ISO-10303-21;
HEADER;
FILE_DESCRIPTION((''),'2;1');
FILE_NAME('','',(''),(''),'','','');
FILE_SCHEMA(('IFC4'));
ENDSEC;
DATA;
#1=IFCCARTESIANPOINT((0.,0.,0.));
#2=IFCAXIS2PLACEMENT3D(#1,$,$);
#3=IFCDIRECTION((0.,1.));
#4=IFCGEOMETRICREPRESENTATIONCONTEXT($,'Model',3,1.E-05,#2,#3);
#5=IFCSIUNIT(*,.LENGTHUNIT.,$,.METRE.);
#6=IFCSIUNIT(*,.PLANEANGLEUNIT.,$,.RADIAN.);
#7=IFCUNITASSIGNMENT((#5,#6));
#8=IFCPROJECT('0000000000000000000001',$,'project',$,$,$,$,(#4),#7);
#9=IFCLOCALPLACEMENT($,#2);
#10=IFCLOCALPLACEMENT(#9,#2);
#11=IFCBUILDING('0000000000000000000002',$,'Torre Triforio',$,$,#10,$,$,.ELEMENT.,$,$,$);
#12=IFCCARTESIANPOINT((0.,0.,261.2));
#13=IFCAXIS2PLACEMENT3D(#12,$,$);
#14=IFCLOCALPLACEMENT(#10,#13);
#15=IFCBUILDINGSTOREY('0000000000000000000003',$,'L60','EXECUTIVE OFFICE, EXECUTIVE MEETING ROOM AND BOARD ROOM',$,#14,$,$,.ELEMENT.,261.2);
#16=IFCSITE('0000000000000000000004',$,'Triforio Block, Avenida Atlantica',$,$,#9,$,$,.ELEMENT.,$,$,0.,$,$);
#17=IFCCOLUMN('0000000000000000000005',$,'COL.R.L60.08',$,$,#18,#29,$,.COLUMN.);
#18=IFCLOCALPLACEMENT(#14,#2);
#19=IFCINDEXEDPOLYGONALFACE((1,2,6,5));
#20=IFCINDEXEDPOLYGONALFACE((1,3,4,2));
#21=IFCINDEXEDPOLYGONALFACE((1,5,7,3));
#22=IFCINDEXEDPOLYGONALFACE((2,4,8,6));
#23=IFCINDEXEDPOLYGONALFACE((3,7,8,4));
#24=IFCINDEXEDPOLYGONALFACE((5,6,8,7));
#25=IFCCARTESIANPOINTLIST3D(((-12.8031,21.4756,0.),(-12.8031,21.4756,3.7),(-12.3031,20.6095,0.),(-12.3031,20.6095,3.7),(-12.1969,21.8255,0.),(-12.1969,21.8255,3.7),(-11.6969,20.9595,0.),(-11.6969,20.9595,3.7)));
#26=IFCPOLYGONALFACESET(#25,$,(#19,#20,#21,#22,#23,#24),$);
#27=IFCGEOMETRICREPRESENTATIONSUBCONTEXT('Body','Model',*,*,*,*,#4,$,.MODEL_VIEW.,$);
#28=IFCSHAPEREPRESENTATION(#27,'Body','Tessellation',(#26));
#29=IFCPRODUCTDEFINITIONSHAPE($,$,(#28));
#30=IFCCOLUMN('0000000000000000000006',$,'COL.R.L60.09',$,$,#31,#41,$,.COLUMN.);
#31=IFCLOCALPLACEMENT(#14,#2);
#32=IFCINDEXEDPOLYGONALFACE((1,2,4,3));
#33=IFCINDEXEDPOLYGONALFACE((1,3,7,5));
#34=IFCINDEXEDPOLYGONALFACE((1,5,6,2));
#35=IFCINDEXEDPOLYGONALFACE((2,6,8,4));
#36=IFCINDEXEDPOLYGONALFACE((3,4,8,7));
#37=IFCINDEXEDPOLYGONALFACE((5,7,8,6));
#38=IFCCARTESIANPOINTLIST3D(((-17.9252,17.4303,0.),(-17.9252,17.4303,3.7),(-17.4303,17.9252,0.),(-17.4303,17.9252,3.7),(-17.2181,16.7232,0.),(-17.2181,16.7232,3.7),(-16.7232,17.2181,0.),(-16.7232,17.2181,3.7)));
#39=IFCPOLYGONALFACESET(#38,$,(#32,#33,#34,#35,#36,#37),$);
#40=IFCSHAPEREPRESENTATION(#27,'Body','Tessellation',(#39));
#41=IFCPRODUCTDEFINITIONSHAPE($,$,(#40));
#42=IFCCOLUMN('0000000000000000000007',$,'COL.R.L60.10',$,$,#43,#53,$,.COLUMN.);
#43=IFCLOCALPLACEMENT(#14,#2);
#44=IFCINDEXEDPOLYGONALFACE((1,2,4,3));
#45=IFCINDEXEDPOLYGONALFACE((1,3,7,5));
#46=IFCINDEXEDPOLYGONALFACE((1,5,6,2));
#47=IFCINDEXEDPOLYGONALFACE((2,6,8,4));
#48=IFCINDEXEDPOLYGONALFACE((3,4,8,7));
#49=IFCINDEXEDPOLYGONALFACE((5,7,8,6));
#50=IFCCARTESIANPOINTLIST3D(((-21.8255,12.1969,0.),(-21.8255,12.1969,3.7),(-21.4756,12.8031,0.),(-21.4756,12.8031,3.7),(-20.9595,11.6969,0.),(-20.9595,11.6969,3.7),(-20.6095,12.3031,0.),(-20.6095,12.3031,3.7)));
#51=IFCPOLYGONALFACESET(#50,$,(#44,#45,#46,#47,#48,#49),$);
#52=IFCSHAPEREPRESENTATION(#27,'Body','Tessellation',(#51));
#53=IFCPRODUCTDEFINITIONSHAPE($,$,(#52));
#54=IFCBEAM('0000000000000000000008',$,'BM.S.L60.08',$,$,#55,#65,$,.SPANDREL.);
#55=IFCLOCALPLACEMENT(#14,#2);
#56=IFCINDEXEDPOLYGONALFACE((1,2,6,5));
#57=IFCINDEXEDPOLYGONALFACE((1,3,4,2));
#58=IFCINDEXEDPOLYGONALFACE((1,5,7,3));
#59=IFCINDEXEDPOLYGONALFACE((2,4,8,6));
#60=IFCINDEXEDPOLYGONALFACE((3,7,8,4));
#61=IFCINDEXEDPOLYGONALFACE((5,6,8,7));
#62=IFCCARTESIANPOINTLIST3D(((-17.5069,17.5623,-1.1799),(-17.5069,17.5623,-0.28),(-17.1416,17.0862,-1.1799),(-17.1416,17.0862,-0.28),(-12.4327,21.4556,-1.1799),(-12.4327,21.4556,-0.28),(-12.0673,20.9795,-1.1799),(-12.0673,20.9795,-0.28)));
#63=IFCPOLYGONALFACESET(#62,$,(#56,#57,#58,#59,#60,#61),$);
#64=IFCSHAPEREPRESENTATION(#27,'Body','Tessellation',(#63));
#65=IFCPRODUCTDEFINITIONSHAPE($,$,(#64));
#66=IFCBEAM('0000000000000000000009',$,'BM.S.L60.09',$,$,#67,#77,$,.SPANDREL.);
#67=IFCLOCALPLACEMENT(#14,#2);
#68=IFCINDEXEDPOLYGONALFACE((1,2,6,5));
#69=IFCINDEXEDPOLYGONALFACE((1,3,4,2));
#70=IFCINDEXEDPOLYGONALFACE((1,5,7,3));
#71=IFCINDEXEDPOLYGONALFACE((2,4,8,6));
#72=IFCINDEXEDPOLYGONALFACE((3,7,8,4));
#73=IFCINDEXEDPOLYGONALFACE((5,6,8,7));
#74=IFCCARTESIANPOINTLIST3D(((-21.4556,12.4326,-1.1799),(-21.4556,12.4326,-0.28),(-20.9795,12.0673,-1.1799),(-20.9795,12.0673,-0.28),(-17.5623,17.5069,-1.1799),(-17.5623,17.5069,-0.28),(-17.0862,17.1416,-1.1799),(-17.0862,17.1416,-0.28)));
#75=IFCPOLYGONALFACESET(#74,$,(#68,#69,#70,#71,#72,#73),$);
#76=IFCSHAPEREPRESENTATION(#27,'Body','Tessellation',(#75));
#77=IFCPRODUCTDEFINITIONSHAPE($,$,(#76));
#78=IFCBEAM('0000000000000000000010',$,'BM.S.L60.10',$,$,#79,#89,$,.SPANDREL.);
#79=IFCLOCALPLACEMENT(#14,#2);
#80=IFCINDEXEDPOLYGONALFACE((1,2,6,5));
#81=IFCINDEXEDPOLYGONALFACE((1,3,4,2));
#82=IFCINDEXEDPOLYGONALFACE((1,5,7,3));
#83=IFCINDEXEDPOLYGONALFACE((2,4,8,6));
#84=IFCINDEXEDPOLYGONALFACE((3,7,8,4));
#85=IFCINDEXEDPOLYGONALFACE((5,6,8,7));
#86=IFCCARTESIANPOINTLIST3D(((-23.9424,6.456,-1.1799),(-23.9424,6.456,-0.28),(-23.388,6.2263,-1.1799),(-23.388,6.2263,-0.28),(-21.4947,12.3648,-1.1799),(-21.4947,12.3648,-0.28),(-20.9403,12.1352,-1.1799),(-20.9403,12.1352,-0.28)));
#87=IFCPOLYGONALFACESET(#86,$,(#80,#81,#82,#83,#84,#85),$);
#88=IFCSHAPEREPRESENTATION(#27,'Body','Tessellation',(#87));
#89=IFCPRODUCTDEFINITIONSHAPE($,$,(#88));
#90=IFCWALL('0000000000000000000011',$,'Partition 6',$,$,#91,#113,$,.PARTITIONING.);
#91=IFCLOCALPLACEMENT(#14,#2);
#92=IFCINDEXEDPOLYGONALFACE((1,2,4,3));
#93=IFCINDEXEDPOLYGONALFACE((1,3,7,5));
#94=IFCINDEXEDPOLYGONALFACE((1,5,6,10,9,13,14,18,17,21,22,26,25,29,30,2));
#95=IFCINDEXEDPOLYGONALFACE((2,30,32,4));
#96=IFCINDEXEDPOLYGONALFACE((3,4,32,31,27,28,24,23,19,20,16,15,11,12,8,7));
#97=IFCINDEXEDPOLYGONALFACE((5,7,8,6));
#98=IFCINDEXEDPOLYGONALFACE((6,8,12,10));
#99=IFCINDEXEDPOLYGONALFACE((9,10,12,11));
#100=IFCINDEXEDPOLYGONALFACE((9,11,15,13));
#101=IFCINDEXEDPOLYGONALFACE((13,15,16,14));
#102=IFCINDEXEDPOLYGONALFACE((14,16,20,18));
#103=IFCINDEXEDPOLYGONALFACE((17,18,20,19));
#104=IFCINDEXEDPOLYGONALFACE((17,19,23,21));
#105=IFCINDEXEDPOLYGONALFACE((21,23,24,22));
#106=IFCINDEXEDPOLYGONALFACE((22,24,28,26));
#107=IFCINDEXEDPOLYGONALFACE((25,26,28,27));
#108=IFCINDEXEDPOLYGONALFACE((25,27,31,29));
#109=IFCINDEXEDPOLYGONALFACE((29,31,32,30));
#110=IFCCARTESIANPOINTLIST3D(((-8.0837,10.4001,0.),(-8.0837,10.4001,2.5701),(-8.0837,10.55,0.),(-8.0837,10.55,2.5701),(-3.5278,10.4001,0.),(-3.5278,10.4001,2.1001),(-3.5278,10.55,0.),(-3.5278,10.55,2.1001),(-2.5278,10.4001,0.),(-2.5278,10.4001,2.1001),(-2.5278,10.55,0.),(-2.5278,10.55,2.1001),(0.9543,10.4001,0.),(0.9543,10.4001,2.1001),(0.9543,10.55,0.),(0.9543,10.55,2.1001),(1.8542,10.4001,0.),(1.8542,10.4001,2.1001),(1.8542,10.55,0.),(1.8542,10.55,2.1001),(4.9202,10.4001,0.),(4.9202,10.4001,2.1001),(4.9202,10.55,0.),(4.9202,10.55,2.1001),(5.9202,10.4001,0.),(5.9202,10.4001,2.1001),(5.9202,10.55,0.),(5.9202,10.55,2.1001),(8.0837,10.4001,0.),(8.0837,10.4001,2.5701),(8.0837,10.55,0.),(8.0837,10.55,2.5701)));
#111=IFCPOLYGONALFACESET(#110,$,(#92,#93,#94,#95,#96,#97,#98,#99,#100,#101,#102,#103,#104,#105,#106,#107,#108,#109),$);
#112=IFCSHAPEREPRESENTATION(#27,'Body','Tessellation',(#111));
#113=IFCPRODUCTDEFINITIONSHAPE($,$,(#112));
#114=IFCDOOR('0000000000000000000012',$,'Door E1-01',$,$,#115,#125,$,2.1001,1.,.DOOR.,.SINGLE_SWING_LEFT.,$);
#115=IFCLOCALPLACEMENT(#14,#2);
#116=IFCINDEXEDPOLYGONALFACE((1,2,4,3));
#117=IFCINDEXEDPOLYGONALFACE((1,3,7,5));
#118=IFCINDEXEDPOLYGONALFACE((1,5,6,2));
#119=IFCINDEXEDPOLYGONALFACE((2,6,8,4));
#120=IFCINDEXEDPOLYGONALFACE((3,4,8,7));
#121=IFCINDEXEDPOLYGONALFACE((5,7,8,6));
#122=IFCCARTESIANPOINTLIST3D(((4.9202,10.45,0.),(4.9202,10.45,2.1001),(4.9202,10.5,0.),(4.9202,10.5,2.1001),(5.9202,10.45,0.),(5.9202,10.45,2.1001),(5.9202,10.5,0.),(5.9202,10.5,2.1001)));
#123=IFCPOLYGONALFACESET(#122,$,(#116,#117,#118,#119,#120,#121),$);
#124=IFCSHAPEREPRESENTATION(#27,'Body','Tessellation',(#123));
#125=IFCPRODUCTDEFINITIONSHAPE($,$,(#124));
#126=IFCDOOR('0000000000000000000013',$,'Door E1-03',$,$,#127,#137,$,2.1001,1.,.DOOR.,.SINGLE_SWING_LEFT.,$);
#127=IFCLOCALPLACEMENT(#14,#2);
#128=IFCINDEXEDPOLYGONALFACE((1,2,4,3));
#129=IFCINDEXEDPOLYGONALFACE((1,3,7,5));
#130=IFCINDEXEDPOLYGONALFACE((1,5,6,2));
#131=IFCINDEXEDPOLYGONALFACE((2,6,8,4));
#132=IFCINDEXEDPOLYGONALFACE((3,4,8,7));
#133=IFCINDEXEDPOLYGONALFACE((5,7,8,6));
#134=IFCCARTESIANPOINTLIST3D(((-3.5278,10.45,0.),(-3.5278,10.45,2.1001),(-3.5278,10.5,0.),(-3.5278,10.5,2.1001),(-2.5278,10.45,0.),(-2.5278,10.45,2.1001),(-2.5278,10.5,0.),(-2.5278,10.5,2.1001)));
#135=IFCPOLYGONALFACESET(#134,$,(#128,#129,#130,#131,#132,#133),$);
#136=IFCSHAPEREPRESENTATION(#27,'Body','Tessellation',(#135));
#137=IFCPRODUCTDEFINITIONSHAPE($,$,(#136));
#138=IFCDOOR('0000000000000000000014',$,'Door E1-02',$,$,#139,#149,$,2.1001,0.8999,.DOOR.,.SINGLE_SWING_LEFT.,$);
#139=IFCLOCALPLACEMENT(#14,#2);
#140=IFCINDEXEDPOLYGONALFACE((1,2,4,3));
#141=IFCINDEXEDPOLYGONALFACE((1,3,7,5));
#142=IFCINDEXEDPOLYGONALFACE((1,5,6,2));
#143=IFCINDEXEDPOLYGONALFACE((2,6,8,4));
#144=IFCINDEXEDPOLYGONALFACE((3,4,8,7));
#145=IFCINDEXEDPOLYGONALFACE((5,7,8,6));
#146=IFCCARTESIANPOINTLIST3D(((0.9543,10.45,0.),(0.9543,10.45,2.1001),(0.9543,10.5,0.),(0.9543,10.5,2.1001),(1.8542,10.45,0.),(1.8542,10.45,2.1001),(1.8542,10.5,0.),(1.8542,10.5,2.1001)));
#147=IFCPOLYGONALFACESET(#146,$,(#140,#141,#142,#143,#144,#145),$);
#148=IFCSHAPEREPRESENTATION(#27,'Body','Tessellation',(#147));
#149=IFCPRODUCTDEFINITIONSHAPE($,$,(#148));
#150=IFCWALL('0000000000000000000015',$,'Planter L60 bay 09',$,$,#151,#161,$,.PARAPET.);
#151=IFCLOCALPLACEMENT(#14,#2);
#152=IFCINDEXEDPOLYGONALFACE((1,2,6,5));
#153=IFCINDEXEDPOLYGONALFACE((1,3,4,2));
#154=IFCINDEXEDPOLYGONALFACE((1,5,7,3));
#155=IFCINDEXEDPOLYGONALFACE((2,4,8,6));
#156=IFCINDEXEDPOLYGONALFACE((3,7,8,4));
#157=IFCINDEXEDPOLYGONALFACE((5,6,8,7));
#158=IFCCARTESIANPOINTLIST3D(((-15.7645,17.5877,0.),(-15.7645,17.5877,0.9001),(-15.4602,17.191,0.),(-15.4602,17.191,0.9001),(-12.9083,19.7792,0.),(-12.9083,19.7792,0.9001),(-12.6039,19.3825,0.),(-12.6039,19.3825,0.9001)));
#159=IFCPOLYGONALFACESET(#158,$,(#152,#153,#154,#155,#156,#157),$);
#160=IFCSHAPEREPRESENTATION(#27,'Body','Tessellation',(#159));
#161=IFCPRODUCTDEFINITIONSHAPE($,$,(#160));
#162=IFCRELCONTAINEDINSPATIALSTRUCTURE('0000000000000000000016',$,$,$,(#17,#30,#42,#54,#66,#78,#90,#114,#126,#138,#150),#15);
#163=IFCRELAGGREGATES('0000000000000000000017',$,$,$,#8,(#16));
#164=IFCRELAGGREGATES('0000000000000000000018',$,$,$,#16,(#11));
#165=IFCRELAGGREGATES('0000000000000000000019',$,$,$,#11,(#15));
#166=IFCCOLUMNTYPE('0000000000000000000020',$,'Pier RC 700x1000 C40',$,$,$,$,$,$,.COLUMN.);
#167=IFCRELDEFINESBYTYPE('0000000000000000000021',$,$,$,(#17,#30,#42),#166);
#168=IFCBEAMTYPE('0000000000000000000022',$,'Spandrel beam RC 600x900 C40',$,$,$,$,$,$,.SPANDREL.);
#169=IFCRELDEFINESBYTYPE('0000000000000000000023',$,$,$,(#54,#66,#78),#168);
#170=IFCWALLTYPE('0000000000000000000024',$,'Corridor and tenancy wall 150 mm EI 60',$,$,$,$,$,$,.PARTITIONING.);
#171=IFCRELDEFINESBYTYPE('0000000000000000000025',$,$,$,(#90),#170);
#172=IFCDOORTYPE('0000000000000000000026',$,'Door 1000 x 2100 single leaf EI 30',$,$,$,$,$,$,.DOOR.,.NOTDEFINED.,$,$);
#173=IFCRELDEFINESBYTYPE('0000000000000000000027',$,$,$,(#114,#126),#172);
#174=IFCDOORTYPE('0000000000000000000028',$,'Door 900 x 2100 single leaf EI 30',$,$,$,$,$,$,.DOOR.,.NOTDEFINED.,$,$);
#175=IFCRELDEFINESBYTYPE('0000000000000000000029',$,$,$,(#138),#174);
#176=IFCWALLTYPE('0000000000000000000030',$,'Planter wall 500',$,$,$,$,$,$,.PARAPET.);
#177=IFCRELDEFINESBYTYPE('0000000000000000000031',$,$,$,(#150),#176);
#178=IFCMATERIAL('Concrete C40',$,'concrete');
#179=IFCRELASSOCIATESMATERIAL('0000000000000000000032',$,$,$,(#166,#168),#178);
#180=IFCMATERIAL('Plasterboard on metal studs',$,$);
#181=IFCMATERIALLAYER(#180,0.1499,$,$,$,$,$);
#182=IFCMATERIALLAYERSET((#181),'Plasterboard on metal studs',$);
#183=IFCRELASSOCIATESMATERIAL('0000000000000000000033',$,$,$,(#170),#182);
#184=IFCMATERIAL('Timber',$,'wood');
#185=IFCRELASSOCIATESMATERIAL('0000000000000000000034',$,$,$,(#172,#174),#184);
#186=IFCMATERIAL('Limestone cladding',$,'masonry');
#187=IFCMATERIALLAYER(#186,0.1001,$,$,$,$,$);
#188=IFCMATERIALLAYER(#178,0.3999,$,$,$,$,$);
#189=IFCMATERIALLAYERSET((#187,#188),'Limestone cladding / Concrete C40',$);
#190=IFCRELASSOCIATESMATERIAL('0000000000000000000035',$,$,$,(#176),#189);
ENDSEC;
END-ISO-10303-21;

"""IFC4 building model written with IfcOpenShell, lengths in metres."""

from ifc_helpers import new_model, si_unit, direction, frame, frame_2d, origin, origin_2d, place, context, subcontext, project, spatial, rectangle, extrude, material, layer, layer_set, material_profile, profile_set, type_object, element, fill, save


model = new_model("IFC4")

# Units and contexts
model_context = context("Model", 3, precision=1e-05, world=origin(), true_north=direction((0.0, 1.0)))
body_context = subcontext(model_context, "Body", "Model", "MODEL_VIEW")
ifc_project = project(units=[si_unit("LENGTHUNIT", "METRE"), si_unit("PLANEANGLEUNIT", "RADIAN")], contexts=[model_context])

# Site, building, storey
site_placement = place(None, origin())
site = spatial("IfcSite", under=ifc_project, at=site_placement, Name="Triforio Block, Avenida Atlantica", CompositionType="ELEMENT", RefElevation=0.0)
building_placement = place(site_placement, origin())
building = spatial("IfcBuilding", under=site, at=building_placement, Name="Torre Triforio", CompositionType="ELEMENT")
storey_placement = place(building_placement, frame((0.0, 0.0, 261.2)))
storey = spatial("IfcBuildingStorey", under=building, at=storey_placement, Name="L60", Description="EXECUTIVE OFFICE, EXECUTIVE MEETING ROOM AND BOARD ROOM", CompositionType="ELEMENT", Elevation=261.2)

# Columns
ifc_material_1 = material(Name="Concrete C40", Category="concrete")
ifc_material_profile_1 = material_profile(ifc_material_1, rectangle(XDim=0.7, YDim=1.0, at=origin_2d()), Name="RC 700x1000")
ifc_profile_set_1 = profile_set([ifc_material_profile_1], Name="Concrete C40")
column_type = type_object("IfcColumnType", Name="Pier RC 700x1000 C40", PredefinedType="COLUMN", material=ifc_profile_set_1)
for number, where, z_axis, x_axis, name in (
    (1, (-12.25, 21.2175, 0.0), (0.0, 0.0, 1.0), (-0.866025, -0.5, 0.0), "COL.R.L60.08"),
    (2, (-17.3242, 17.3242, 0.0), (0.0, 0.0, 1.0), (-0.707107, -0.707107, 0.0), "COL.R.L60.09"),
    (3, (-21.2175, 12.25, 0.0), (0.0, 0.0, 1.0), (-0.5, -0.866025, 0.0), "COL.R.L60.10"),
):
    element("IfcColumn", number, at=place(storey_placement, frame(where, z_axis=z_axis, x_axis=x_axis)), inside=storey, type_object=column_type, Name=name, PredefinedType="COLUMN", context=body_context, shape_type="SweptSolid", body=[
        extrude(rectangle(XDim=0.7, YDim=1.0, at=origin_2d()), origin(), (0.0, 0.0, 1.0), 3.7),
    ])

# Beams
ifc_material_profile_2 = material_profile(ifc_material_1, rectangle(XDim=0.6001, YDim=0.8999, at=origin_2d()), Name="RC 600x900")
ifc_profile_set_2 = profile_set([ifc_material_profile_2], Name="Concrete C40")
beam_type = type_object("IfcBeamType", Name="Spandrel beam RC 600x900 C40", PredefinedType="SPANDREL", material=ifc_profile_set_2)
for number, where, z_axis, x_axis, name in (
    (4, (-12.25, 21.2175, -0.73), (-0.793374, -0.608734, 0.0), (0.608734, -0.793374, 0.0), "BM.S.L60.08"),
    (5, (-17.3242, 17.3242, -0.73), (-0.608734, -0.793374, 0.0), (0.793374, -0.608734, 0.0), "BM.S.L60.09"),
    (6, (-21.2175, 12.25, -0.73), (-0.382709, -0.923869, 0.0), (0.923869, -0.382709, 0.0), "BM.S.L60.10"),
):
    element("IfcBeam", number, at=place(storey_placement, frame(where, z_axis=z_axis, x_axis=x_axis)), inside=storey, type_object=beam_type, Name=name, PredefinedType="SPANDREL", context=body_context, shape_type="SweptSolid", body=[
        extrude(rectangle(XDim=0.6001, YDim=0.8999, at=origin_2d()), origin(), (0.0, 0.0, 1.0), 6.3958),
    ])

# Wall, openings, doors
ifc_material_2 = material(Name="Plasterboard on metal studs")
ifc_layer_1 = layer(ifc_material_2, 0.1499)
ifc_layer_set_1 = layer_set([ifc_layer_1], Name="Plasterboard on metal studs")
wall_type_1 = type_object("IfcWallType", Name="Corridor and tenancy wall 150 mm EI 60", PredefinedType="PARTITIONING", material=ifc_layer_set_1)
wall_1_placement = place(storey_placement, frame((-8.0837, 10.4751, 0.0), z_axis=(0.0, 0.0, 1.0), x_axis=(1.0, 0.0, 0.0)))
wall_1 = element("IfcWall", 7, at=wall_1_placement, inside=storey, type_object=wall_type_1, Name="Partition 6", PredefinedType="PARTITIONING", context=body_context, shape_type="SweptSolid", body=[
    extrude(rectangle(XDim=16.1675, YDim=0.1499, at=frame_2d((8.0837, 0.0))), origin(), (0.0, 0.0, 1.0), 2.5701),
])
opening_1_placement = place(wall_1_placement, frame((13.0039, 0.0, 0.0)))
opening_1 = element("IfcOpeningElement", 8, at=opening_1_placement, cuts=wall_1, PredefinedType="OPENING", context=body_context, shape_type="SweptSolid", body=[
    extrude(rectangle(XDim=1.0, YDim=2.1001, at=frame_2d((0.5, 1.05))), frame((0.0, 0.085, 0.0), z_axis=(0.0, -1.0, 0.0), x_axis=(1.0, 0.0, 0.0)), (0.0, 0.0, 1.0), 0.1699),
])
opening_2_placement = place(wall_1_placement, frame((9.0381, 0.0, 0.0)))
opening_2 = element("IfcOpeningElement", 9, at=opening_2_placement, cuts=wall_1, PredefinedType="OPENING", context=body_context, shape_type="SweptSolid", body=[
    extrude(rectangle(XDim=0.8999, YDim=2.1001, at=frame_2d((0.45, 1.05))), frame((0.0, 0.085, 0.0), z_axis=(0.0, -1.0, 0.0), x_axis=(1.0, 0.0, 0.0)), (0.0, 0.0, 1.0), 0.1699),
])
opening_3_placement = place(wall_1_placement, frame((4.5559, 0.0, 0.0)))
opening_3 = element("IfcOpeningElement", 10, at=opening_3_placement, cuts=wall_1, PredefinedType="OPENING", context=body_context, shape_type="SweptSolid", body=[
    extrude(rectangle(XDim=1.0, YDim=2.1001, at=frame_2d((0.5, 1.05))), frame((0.0, 0.085, 0.0), z_axis=(0.0, -1.0, 0.0), x_axis=(1.0, 0.0, 0.0)), (0.0, 0.0, 1.0), 0.1699),
])
ifc_material_3 = material(Name="Timber", Category="wood")
door_type_1 = type_object("IfcDoorType", Name="Door 1000 x 2100 single leaf EI 30", OperationType="NOTDEFINED", PredefinedType="DOOR", material=ifc_material_3)
door_1_placement = place(opening_1_placement, origin())
door_1 = element("IfcDoor", 11, at=door_1_placement, inside=storey, type_object=door_type_1, Name="Door E1-01", OperationType="SINGLE_SWING_LEFT", OverallHeight=2.1001, OverallWidth=1.0, PredefinedType="DOOR", context=body_context, shape_type="SweptSolid", body=[
    extrude(rectangle(XDim=1.0, YDim=2.1001, at=frame_2d((0.5, 1.05))), frame((0.0, 0.0249, 0.0), z_axis=(0.0, -1.0, 0.0), x_axis=(1.0, 0.0, 0.0)), (0.0, 0.0, 1.0), 0.05),
])
fill(opening_1, door_1)
door_2_placement = place(opening_3_placement, origin())
door_2 = element("IfcDoor", 12, at=door_2_placement, inside=storey, type_object=door_type_1, Name="Door E1-03", OperationType="SINGLE_SWING_LEFT", OverallHeight=2.1001, OverallWidth=1.0, PredefinedType="DOOR", context=body_context, shape_type="SweptSolid", body=[
    extrude(rectangle(XDim=1.0, YDim=2.1001, at=frame_2d((0.5, 1.05))), frame((0.0, 0.0249, 0.0), z_axis=(0.0, -1.0, 0.0), x_axis=(1.0, 0.0, 0.0)), (0.0, 0.0, 1.0), 0.05),
])
fill(opening_3, door_2)
door_type_2 = type_object("IfcDoorType", Name="Door 900 x 2100 single leaf EI 30", OperationType="NOTDEFINED", PredefinedType="DOOR", material=ifc_material_3)
door_3_placement = place(opening_2_placement, origin())
door_3 = element("IfcDoor", 13, at=door_3_placement, inside=storey, type_object=door_type_2, Name="Door E1-02", OperationType="SINGLE_SWING_LEFT", OverallHeight=2.1001, OverallWidth=0.8999, PredefinedType="DOOR", context=body_context, shape_type="SweptSolid", body=[
    extrude(rectangle(XDim=0.8999, YDim=2.1001, at=frame_2d((0.45, 1.05))), frame((0.0, 0.0249, 0.0), z_axis=(0.0, -1.0, 0.0), x_axis=(1.0, 0.0, 0.0)), (0.0, 0.0, 1.0), 0.05),
])
fill(opening_2, door_3)

# Wall
ifc_material_4 = material(Name="Limestone cladding", Category="masonry")
ifc_layer_2 = layer(ifc_material_4, 0.1001)
ifc_layer_3 = layer(ifc_material_1, 0.3999)
ifc_layer_set_2 = layer_set([ifc_layer_2, ifc_layer_3], Name="Limestone cladding / Concrete C40")
wall_type_2 = type_object("IfcWallType", Name="Planter wall 500", PredefinedType="PARAPET", material=ifc_layer_set_2)
wall_2_placement = place(storey_placement, frame((-12.7561, 19.5808, 0.0), z_axis=(0.0, 0.0, 1.0), x_axis=(-0.793385, -0.608721, 0.0)))
element("IfcWall", 14, at=wall_2_placement, inside=storey, type_object=wall_type_2, Name="Planter L60 bay 09", PredefinedType="PARAPET", context=body_context, shape_type="SweptSolid", body=[
    extrude(rectangle(XDim=3.6001, YDim=0.5, at=frame_2d((1.8, 0.0))), origin(), (0.0, 0.0, 1.0), 0.9001),
])

save(model, "model.ifc")
